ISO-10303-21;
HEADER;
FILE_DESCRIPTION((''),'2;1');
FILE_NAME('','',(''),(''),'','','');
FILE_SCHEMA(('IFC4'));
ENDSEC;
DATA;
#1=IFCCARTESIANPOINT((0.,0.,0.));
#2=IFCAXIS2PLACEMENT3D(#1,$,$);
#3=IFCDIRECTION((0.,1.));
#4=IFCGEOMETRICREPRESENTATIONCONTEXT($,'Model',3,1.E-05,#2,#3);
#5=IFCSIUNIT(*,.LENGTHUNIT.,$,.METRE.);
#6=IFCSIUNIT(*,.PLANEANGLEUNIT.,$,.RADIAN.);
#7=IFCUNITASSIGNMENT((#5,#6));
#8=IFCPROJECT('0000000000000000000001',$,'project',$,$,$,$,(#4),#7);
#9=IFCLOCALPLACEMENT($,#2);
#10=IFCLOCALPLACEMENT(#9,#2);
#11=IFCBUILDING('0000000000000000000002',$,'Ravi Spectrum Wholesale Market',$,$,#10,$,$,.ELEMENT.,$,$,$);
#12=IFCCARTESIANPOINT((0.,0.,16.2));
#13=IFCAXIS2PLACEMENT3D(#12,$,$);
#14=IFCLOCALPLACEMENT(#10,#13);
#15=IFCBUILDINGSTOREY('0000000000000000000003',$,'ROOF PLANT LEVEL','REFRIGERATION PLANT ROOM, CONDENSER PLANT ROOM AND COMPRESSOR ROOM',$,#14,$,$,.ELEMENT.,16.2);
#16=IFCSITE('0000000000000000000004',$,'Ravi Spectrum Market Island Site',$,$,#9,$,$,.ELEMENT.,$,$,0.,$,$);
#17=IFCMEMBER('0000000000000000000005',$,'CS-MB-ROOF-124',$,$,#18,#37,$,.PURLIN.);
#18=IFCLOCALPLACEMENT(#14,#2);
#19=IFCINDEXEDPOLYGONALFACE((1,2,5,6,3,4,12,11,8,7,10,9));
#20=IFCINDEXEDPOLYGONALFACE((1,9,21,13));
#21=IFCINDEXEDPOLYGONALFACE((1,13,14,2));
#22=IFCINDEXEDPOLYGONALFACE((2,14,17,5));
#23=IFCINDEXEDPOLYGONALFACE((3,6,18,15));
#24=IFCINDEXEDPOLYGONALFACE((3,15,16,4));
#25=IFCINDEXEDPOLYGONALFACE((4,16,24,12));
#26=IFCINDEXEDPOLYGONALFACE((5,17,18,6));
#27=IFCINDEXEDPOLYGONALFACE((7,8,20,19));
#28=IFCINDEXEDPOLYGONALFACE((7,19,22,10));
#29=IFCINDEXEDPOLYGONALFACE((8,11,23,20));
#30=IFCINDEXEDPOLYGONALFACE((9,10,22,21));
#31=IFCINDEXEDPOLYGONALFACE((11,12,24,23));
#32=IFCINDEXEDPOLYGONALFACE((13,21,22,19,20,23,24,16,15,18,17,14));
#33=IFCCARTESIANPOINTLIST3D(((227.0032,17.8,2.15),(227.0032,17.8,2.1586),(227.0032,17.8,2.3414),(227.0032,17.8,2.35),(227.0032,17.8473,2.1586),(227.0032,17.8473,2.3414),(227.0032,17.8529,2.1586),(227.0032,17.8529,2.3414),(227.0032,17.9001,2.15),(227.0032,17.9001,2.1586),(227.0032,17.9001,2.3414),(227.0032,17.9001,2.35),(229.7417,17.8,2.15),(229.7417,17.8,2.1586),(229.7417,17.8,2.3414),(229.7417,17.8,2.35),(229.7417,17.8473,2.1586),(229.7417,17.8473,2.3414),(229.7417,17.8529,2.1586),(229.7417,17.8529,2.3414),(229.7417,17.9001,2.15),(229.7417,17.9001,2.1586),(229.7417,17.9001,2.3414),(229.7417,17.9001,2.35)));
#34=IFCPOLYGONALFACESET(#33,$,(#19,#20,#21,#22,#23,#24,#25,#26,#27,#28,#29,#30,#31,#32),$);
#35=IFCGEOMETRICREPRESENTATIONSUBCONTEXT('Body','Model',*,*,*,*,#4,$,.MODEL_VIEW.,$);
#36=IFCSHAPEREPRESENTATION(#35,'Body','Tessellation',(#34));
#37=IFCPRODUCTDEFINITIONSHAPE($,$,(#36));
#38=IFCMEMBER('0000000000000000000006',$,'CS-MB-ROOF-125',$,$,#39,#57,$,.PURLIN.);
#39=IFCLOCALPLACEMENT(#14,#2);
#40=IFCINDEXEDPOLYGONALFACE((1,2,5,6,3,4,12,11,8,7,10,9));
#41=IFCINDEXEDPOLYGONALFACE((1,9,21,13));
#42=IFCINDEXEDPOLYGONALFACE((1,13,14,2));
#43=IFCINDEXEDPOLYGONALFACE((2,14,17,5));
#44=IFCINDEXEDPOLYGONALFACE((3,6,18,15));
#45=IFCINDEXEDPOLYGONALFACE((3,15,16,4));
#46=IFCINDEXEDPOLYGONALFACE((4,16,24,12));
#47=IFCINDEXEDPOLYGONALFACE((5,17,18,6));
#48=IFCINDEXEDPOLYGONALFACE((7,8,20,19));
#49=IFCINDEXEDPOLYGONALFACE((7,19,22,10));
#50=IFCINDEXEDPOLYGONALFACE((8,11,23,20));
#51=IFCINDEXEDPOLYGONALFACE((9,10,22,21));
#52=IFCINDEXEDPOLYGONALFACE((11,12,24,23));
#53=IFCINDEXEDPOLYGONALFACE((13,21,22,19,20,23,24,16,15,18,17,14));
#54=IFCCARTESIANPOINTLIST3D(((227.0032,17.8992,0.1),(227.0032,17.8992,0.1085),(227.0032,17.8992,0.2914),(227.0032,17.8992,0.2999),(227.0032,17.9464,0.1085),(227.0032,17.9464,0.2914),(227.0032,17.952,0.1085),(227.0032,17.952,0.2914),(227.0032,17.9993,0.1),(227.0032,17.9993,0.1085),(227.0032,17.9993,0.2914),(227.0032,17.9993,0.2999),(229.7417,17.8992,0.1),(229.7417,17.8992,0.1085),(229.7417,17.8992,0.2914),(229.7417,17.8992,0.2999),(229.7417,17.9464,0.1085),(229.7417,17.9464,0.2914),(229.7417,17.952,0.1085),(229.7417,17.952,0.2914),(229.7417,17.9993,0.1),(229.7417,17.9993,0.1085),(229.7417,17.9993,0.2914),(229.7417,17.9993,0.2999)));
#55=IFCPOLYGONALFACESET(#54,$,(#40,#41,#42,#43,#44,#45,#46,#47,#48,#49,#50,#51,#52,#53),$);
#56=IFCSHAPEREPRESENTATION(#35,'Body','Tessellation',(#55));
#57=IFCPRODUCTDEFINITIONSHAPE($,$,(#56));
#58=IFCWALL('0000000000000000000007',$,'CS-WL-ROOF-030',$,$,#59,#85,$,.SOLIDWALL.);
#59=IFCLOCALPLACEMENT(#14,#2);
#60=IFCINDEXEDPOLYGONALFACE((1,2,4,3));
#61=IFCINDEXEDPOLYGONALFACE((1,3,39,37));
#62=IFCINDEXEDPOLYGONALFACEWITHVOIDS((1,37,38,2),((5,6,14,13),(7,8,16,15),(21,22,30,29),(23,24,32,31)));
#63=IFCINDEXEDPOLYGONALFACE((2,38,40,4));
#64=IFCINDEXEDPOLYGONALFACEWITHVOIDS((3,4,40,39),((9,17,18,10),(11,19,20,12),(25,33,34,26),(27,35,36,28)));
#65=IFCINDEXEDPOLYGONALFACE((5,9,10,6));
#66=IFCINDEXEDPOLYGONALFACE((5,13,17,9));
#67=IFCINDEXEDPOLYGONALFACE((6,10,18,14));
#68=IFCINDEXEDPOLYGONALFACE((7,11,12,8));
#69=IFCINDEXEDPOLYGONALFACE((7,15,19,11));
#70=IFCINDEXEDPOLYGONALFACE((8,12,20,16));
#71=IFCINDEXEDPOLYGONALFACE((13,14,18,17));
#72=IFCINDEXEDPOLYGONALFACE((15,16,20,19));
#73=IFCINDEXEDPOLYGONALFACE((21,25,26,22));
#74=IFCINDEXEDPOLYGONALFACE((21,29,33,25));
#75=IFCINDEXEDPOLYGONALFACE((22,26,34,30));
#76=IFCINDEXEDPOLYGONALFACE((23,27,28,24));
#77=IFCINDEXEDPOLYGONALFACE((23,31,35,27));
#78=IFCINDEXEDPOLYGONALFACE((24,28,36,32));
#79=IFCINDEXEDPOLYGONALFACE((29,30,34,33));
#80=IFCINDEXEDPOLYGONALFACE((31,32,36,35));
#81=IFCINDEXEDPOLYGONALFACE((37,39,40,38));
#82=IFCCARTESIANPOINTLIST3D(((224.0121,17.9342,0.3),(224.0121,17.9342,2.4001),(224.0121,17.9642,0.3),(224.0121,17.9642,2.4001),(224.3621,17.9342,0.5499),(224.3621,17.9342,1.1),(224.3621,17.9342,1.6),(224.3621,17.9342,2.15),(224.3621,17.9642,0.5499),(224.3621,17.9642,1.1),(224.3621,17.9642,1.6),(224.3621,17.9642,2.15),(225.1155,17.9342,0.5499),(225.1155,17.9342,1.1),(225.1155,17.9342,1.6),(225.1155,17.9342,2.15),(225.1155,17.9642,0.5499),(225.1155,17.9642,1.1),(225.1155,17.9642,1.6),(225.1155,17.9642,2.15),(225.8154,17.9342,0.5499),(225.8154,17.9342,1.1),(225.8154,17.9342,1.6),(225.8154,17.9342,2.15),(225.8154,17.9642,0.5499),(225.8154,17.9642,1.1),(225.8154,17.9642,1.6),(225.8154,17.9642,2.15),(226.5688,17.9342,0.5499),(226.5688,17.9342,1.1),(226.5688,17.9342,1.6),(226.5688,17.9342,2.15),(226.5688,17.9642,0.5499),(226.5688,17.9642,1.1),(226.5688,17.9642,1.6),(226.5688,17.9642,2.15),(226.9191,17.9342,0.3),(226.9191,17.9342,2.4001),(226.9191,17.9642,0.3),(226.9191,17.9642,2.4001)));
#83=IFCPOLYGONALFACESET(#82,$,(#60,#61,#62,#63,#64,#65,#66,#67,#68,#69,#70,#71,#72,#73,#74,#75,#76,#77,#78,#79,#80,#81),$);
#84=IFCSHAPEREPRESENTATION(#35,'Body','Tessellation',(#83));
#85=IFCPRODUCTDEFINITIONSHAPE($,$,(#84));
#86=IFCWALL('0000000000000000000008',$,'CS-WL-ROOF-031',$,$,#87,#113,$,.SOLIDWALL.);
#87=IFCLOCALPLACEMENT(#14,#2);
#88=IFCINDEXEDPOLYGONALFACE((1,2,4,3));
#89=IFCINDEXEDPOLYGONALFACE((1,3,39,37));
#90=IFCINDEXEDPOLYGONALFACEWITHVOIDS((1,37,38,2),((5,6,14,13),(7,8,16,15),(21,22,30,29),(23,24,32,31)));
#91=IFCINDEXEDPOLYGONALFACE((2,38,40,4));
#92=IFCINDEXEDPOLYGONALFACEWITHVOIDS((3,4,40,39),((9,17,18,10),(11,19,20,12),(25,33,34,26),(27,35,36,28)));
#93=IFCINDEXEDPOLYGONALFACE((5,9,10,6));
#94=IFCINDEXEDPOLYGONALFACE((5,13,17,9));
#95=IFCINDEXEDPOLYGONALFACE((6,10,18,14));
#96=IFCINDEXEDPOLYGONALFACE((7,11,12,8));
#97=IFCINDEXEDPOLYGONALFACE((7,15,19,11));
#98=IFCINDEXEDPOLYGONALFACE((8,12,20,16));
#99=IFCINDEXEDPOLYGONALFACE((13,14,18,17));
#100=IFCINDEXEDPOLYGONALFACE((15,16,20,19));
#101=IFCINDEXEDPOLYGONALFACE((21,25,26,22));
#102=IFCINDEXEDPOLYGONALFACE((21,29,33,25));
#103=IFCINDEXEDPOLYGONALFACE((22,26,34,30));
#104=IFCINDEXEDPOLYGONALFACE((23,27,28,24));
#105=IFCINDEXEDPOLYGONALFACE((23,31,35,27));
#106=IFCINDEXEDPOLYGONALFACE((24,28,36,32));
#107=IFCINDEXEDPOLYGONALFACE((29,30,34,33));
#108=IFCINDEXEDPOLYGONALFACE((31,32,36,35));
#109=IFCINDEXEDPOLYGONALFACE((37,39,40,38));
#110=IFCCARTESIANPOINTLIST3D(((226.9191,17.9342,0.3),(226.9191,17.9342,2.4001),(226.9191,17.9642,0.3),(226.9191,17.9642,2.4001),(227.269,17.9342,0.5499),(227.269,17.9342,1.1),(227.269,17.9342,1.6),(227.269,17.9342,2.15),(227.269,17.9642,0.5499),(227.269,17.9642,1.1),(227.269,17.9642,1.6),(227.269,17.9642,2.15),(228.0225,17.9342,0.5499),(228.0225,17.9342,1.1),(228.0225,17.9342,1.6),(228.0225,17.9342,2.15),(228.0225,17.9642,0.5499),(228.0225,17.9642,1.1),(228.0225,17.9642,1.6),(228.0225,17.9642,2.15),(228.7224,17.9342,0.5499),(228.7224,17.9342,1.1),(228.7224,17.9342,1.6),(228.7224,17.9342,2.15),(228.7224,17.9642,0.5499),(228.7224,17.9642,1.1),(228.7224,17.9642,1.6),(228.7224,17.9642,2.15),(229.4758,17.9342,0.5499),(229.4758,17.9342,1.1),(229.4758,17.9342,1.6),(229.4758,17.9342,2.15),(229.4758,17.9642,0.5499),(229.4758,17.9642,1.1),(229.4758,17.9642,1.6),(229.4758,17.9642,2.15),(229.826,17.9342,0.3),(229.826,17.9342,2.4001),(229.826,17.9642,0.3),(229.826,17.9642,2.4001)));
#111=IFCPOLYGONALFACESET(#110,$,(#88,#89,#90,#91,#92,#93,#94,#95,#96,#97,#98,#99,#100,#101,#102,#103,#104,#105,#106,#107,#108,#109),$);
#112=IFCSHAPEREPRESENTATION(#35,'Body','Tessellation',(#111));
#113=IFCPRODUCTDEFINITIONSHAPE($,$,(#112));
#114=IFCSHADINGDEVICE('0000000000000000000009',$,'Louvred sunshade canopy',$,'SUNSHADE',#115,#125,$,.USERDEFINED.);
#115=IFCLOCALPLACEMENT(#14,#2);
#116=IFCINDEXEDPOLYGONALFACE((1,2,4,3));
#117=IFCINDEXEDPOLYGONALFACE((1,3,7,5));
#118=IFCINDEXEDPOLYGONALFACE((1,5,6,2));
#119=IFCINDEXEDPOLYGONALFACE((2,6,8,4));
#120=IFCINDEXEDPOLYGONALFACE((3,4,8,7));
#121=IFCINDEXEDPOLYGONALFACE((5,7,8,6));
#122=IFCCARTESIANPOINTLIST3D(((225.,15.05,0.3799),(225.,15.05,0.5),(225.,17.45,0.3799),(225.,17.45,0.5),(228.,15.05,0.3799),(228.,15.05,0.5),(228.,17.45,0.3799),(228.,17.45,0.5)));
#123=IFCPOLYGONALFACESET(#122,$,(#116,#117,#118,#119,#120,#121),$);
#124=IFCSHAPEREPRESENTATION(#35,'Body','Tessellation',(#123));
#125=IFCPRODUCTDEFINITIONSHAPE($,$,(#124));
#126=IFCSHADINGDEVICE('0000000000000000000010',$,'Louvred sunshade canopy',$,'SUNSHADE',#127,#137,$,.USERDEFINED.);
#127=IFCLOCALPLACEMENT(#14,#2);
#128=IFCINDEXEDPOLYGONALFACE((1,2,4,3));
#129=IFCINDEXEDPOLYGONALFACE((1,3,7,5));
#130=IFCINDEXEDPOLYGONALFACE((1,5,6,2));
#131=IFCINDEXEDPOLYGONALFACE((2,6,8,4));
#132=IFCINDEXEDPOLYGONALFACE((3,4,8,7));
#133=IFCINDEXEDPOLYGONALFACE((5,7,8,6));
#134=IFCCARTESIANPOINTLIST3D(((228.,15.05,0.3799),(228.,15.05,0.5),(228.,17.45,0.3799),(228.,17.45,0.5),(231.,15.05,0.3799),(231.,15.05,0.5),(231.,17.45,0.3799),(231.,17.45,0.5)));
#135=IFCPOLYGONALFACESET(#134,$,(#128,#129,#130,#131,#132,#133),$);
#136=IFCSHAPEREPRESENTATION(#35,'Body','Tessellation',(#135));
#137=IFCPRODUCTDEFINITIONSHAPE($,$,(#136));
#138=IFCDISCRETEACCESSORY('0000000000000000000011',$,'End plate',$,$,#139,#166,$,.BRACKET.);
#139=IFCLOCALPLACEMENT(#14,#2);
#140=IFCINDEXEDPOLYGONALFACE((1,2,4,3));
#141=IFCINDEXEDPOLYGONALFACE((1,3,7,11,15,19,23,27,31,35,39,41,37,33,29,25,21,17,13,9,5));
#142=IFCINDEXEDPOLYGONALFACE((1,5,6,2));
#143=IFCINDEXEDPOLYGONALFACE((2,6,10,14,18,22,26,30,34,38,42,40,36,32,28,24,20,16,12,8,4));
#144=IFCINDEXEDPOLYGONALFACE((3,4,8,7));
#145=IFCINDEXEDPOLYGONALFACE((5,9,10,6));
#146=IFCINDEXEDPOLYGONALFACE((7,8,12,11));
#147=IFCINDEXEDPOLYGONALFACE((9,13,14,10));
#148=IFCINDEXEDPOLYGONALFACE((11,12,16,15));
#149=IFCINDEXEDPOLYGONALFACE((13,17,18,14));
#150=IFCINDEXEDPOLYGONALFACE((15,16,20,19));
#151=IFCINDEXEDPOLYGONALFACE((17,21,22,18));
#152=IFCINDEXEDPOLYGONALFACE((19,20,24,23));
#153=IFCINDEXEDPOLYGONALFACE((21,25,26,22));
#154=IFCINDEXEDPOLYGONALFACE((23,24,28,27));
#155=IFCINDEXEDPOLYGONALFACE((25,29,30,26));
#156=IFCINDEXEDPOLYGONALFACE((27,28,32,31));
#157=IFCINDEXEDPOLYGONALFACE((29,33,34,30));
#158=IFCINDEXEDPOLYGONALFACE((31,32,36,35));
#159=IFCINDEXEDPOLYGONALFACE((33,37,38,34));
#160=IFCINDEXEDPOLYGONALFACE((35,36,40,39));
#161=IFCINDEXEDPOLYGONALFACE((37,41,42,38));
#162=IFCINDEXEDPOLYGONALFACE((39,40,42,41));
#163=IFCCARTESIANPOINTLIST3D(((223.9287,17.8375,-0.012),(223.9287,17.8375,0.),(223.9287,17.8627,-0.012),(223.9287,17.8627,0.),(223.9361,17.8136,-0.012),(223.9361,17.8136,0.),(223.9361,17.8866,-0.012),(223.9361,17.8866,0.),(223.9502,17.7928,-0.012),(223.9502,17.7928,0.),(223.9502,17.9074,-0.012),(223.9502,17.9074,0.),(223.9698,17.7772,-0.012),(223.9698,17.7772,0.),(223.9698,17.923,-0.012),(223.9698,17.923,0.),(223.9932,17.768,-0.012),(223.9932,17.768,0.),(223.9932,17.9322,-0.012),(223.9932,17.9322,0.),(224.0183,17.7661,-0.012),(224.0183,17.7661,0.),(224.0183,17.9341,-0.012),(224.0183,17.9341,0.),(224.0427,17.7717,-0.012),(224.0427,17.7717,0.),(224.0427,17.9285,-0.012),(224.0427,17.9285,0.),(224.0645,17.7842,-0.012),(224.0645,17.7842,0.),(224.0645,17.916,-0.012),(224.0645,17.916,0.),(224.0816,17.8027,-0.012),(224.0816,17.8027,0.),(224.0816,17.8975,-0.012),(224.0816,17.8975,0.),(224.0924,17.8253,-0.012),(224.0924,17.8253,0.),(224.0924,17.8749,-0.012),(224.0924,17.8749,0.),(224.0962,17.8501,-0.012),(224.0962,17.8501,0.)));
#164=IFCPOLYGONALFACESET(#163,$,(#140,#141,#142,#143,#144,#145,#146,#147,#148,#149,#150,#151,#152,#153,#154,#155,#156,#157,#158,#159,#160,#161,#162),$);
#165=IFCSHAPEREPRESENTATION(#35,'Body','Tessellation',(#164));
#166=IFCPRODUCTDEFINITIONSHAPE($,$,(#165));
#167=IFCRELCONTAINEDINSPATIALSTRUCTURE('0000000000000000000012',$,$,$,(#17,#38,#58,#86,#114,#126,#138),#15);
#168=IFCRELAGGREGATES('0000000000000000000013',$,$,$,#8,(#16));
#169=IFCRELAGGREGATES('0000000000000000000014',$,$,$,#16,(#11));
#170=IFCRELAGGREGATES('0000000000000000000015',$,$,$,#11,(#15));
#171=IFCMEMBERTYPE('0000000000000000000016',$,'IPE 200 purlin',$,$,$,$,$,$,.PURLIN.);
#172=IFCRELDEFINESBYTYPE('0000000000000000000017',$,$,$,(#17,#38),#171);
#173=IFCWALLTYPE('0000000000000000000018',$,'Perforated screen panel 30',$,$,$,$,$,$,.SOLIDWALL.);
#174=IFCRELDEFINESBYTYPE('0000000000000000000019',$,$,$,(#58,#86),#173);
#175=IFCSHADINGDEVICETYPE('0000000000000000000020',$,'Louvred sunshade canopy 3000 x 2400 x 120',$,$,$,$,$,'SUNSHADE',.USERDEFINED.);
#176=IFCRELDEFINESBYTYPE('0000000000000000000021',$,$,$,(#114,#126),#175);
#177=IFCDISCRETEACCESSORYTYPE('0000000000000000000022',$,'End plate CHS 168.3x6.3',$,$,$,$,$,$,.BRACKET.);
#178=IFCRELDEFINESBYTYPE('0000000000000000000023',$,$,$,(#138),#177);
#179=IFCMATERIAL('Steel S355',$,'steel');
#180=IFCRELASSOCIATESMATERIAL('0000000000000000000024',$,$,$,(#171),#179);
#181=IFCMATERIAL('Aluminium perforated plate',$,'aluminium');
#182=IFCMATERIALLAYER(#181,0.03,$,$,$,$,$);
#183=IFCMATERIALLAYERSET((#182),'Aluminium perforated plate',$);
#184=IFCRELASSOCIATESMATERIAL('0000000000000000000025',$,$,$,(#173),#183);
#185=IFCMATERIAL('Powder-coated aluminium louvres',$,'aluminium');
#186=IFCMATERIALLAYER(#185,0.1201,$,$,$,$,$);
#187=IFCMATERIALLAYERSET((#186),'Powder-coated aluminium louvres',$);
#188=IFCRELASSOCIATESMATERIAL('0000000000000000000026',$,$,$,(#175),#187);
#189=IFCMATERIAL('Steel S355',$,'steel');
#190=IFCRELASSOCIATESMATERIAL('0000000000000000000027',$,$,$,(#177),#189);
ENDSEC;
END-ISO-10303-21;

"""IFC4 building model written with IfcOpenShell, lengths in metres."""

from ifc_helpers import new_model, si_unit, direction, frame, frame_2d, origin, origin_2d, place, context, subcontext, project, spatial, rectangle, circle, i_section, extrude, material, layer, layer_set, material_profile, profile_set, type_object, element, save


model = new_model("IFC4")

# Units and contexts
model_context = context("Model", 3, precision=1e-05, world=origin(), true_north=direction((0.0, 1.0)))
body_context = subcontext(model_context, "Body", "Model", "MODEL_VIEW")
ifc_project = project(units=[si_unit("LENGTHUNIT", "METRE"), si_unit("PLANEANGLEUNIT", "RADIAN")], contexts=[model_context])

# Site, building, storey
site_placement = place(None, origin())
site = spatial("IfcSite", under=ifc_project, at=site_placement, Name="Ravi Spectrum Market Island Site", CompositionType="ELEMENT", RefElevation=0.0)
building_placement = place(site_placement, origin())
building = spatial("IfcBuilding", under=site, at=building_placement, Name="Ravi Spectrum Wholesale Market", CompositionType="ELEMENT")
storey_placement = place(building_placement, frame((0.0, 0.0, 16.2)))
storey = spatial("IfcBuildingStorey", under=building, at=storey_placement, Name="ROOF PLANT LEVEL", Description="REFRIGERATION PLANT ROOM, CONDENSER PLANT ROOM AND COMPRESSOR ROOM", CompositionType="ELEMENT", Elevation=16.2)

# Members
ifc_material_1 = material(Name="Steel S355", Category="steel")
ifc_material_profile_1 = material_profile(ifc_material_1, i_section(OverallWidth=0.1001, OverallDepth=0.2, WebThickness=0.0056, FlangeThickness=0.0085, at=origin_2d()))
ifc_profile_set_1 = profile_set([ifc_material_profile_1], Name="Steel S355")
member_type_1 = type_object("IfcMemberType", Name="IPE 200 purlin", PredefinedType="PURLIN", material=ifc_profile_set_1)
for number, where, z_axis, x_axis, name in (
    (1, (227.0032, 17.8501, 2.25), (1.0, 0.0, 0.0), (0.0, 1.0, 0.0), "CS-MB-ROOF-124"),
    (2, (227.0032, 17.9492, 0.2), (1.0, 0.0, 0.0), (0.0, 1.0, 0.0), "CS-MB-ROOF-125"),
):
    element("IfcMember", number, at=place(storey_placement, frame(where, z_axis=z_axis, x_axis=x_axis)), inside=storey, type_object=member_type_1, Name=name, PredefinedType="PURLIN", context=body_context, shape_type="SweptSolid", body=[
        extrude(i_section(OverallWidth=0.1001, OverallDepth=0.2, WebThickness=0.0056, FlangeThickness=0.0085, at=origin_2d()), origin(), (0.0, 0.0, 1.0), 2.7385),
    ])

# Walls, openings
ifc_material_2 = material(Name="Aluminium perforated plate", Category="aluminium")
ifc_layer_1 = layer(ifc_material_2, 0.03)
ifc_layer_set_1 = layer_set([ifc_layer_1], Name="Aluminium perforated plate")
wall_type = type_object("IfcWallType", Name="Perforated screen panel 30", PredefinedType="SOLIDWALL", material=ifc_layer_set_1)
wall_1_placement = place(storey_placement, frame((224.012, 17.9492, 0.3), z_axis=(0.0, 0.0, 1.0), x_axis=(1.0, 0.0, 0.0)))
wall_1 = element("IfcWall", 3, at=wall_1_placement, inside=storey, type_object=wall_type, Name="CS-WL-ROOF-030", PredefinedType="SOLIDWALL", context=body_context, shape_type="SweptSolid", body=[
    extrude(rectangle(XDim=2.907, YDim=0.03, at=frame_2d((1.4536, 0.0))), origin(), (0.0, 0.0, 1.0), 2.1001),
])
opening_1_placement = place(wall_1_placement, frame((0.3501, 0.0, 0.25)))
element("IfcOpeningElement", 4, at=opening_1_placement, cuts=wall_1, PredefinedType="OPENING", context=body_context, shape_type="SweptSolid", body=[
    extrude(rectangle(XDim=0.7534, YDim=0.55, at=frame_2d((0.3767, 0.2749))), frame((0.0, 0.0249, 0.0), z_axis=(0.0, -1.0, 0.0), x_axis=(1.0, 0.0, 0.0)), (0.0, 0.0, 1.0), 0.05),
])
opening_2_placement = place(wall_1_placement, frame((0.3501, 0.0, 1.3)))
element("IfcOpeningElement", 5, at=opening_2_placement, cuts=wall_1, PredefinedType="OPENING", context=body_context, shape_type="SweptSolid", body=[
    extrude(rectangle(XDim=0.7534, YDim=0.55, at=frame_2d((0.3767, 0.2749))), frame((0.0, 0.0249, 0.0), z_axis=(0.0, -1.0, 0.0), x_axis=(1.0, 0.0, 0.0)), (0.0, 0.0, 1.0), 0.05),
])
opening_3_placement = place(wall_1_placement, frame((1.8035, 0.0, 0.25)))
element("IfcOpeningElement", 6, at=opening_3_placement, cuts=wall_1, PredefinedType="OPENING", context=body_context, shape_type="SweptSolid", body=[
    extrude(rectangle(XDim=0.7534, YDim=0.55, at=frame_2d((0.3767, 0.2749))), frame((0.0, 0.0249, 0.0), z_axis=(0.0, -1.0, 0.0), x_axis=(1.0, 0.0, 0.0)), (0.0, 0.0, 1.0), 0.05),
])
opening_4_placement = place(wall_1_placement, frame((1.8035, 0.0, 1.3)))
element("IfcOpeningElement", 7, at=opening_4_placement, cuts=wall_1, PredefinedType="OPENING", context=body_context, shape_type="SweptSolid", body=[
    extrude(rectangle(XDim=0.7534, YDim=0.55, at=frame_2d((0.3767, 0.2749))), frame((0.0, 0.0249, 0.0), z_axis=(0.0, -1.0, 0.0), x_axis=(1.0, 0.0, 0.0)), (0.0, 0.0, 1.0), 0.05),
])
wall_2_placement = place(storey_placement, frame((226.9189, 17.9492, 0.3), z_axis=(0.0, 0.0, 1.0), x_axis=(1.0, 0.0, 0.0)))
wall_2 = element("IfcWall", 8, at=wall_2_placement, inside=storey, type_object=wall_type, Name="CS-WL-ROOF-031", PredefinedType="SOLIDWALL", context=body_context, shape_type="SweptSolid", body=[
    extrude(rectangle(XDim=2.907, YDim=0.03, at=frame_2d((1.4536, 0.0))), origin(), (0.0, 0.0, 1.0), 2.1001),
])
opening_5_placement = place(wall_2_placement, frame((0.3501, 0.0, 0.25)))
element("IfcOpeningElement", 9, at=opening_5_placement, cuts=wall_2, PredefinedType="OPENING", context=body_context, shape_type="SweptSolid", body=[
    extrude(rectangle(XDim=0.7534, YDim=0.55, at=frame_2d((0.3767, 0.2749))), frame((0.0, 0.0249, 0.0), z_axis=(0.0, -1.0, 0.0), x_axis=(1.0, 0.0, 0.0)), (0.0, 0.0, 1.0), 0.05),
])
opening_6_placement = place(wall_2_placement, frame((0.3501, 0.0, 1.3)))
element("IfcOpeningElement", 10, at=opening_6_placement, cuts=wall_2, PredefinedType="OPENING", context=body_context, shape_type="SweptSolid", body=[
    extrude(rectangle(XDim=0.7534, YDim=0.55, at=frame_2d((0.3767, 0.2749))), frame((0.0, 0.0249, 0.0), z_axis=(0.0, -1.0, 0.0), x_axis=(1.0, 0.0, 0.0)), (0.0, 0.0, 1.0), 0.05),
])
opening_7_placement = place(wall_2_placement, frame((1.8035, 0.0, 0.25)))
element("IfcOpeningElement", 11, at=opening_7_placement, cuts=wall_2, PredefinedType="OPENING", context=body_context, shape_type="SweptSolid", body=[
    extrude(rectangle(XDim=0.7534, YDim=0.55, at=frame_2d((0.3767, 0.2749))), frame((0.0, 0.0249, 0.0), z_axis=(0.0, -1.0, 0.0), x_axis=(1.0, 0.0, 0.0)), (0.0, 0.0, 1.0), 0.05),
])
opening_8_placement = place(wall_2_placement, frame((1.8035, 0.0, 1.3)))
element("IfcOpeningElement", 12, at=opening_8_placement, cuts=wall_2, PredefinedType="OPENING", context=body_context, shape_type="SweptSolid", body=[
    extrude(rectangle(XDim=0.7534, YDim=0.55, at=frame_2d((0.3767, 0.2749))), frame((0.0, 0.0249, 0.0), z_axis=(0.0, -1.0, 0.0), x_axis=(1.0, 0.0, 0.0)), (0.0, 0.0, 1.0), 0.05),
])

# Shading devices
ifc_material_3 = material(Name="Powder-coated aluminium louvres", Category="aluminium")
ifc_layer_2 = layer(ifc_material_3, 0.1201)
ifc_layer_set_2 = layer_set([ifc_layer_2], Name="Powder-coated aluminium louvres")
shading_device_type = type_object("IfcShadingDeviceType", Name="Louvred sunshade canopy 3000 x 2400 x 120", ElementType="SUNSHADE", PredefinedType="USERDEFINED", material=ifc_layer_set_2)
for number, where, z_axis, x_axis, name in (
    (13, (226.5, 16.25, 0.3799), (0.0, 0.0, 1.0), (1.0, 0.0, 0.0), "Louvred sunshade canopy"),
    (14, (229.5, 16.25, 0.3799), (0.0, 0.0, 1.0), (1.0, 0.0, 0.0), "Louvred sunshade canopy"),
):
    element("IfcShadingDevice", number, at=place(storey_placement, frame(where, z_axis=z_axis, x_axis=x_axis)), inside=storey, type_object=shading_device_type, Name=name, ObjectType="SUNSHADE", PredefinedType="USERDEFINED", context=body_context, shape_type="SweptSolid", body=[
        extrude(rectangle(XDim=3.0, YDim=2.3999, at=origin_2d()), origin(), (0.0, 0.0, 1.0), 0.1201),
    ])

# Discrete accessory
ifc_material_4 = material(Name="Steel S355", Category="steel")
ifc_material_profile_2 = material_profile(ifc_material_4, circle(Radius=0.0842, at=origin_2d()))
ifc_profile_set_2 = profile_set([ifc_material_profile_2], Name="Steel S355")
discrete_accessory_type_1 = type_object("IfcDiscreteAccessoryType", Name="End plate CHS 168.3x6.3", PredefinedType="BRACKET", material=ifc_profile_set_2)
for number, where, z_axis, x_axis, name in (
    (15, (224.012, 17.8501, 0.0), (0.0, 0.0, -1.0), (1.0, 0.0, 0.0), "End plate"),
):
    element("IfcDiscreteAccessory", number, at=place(storey_placement, frame(where, z_axis=z_axis, x_axis=x_axis)), inside=storey, type_object=discrete_accessory_type_1, Name=name, PredefinedType="BRACKET", context=body_context, shape_type="SweptSolid", body=[
        extrude(circle(Radius=0.0842, at=origin_2d()), origin(), (0.0, 0.0, 1.0), 0.012),
    ])

save(model, "model.ifc")
